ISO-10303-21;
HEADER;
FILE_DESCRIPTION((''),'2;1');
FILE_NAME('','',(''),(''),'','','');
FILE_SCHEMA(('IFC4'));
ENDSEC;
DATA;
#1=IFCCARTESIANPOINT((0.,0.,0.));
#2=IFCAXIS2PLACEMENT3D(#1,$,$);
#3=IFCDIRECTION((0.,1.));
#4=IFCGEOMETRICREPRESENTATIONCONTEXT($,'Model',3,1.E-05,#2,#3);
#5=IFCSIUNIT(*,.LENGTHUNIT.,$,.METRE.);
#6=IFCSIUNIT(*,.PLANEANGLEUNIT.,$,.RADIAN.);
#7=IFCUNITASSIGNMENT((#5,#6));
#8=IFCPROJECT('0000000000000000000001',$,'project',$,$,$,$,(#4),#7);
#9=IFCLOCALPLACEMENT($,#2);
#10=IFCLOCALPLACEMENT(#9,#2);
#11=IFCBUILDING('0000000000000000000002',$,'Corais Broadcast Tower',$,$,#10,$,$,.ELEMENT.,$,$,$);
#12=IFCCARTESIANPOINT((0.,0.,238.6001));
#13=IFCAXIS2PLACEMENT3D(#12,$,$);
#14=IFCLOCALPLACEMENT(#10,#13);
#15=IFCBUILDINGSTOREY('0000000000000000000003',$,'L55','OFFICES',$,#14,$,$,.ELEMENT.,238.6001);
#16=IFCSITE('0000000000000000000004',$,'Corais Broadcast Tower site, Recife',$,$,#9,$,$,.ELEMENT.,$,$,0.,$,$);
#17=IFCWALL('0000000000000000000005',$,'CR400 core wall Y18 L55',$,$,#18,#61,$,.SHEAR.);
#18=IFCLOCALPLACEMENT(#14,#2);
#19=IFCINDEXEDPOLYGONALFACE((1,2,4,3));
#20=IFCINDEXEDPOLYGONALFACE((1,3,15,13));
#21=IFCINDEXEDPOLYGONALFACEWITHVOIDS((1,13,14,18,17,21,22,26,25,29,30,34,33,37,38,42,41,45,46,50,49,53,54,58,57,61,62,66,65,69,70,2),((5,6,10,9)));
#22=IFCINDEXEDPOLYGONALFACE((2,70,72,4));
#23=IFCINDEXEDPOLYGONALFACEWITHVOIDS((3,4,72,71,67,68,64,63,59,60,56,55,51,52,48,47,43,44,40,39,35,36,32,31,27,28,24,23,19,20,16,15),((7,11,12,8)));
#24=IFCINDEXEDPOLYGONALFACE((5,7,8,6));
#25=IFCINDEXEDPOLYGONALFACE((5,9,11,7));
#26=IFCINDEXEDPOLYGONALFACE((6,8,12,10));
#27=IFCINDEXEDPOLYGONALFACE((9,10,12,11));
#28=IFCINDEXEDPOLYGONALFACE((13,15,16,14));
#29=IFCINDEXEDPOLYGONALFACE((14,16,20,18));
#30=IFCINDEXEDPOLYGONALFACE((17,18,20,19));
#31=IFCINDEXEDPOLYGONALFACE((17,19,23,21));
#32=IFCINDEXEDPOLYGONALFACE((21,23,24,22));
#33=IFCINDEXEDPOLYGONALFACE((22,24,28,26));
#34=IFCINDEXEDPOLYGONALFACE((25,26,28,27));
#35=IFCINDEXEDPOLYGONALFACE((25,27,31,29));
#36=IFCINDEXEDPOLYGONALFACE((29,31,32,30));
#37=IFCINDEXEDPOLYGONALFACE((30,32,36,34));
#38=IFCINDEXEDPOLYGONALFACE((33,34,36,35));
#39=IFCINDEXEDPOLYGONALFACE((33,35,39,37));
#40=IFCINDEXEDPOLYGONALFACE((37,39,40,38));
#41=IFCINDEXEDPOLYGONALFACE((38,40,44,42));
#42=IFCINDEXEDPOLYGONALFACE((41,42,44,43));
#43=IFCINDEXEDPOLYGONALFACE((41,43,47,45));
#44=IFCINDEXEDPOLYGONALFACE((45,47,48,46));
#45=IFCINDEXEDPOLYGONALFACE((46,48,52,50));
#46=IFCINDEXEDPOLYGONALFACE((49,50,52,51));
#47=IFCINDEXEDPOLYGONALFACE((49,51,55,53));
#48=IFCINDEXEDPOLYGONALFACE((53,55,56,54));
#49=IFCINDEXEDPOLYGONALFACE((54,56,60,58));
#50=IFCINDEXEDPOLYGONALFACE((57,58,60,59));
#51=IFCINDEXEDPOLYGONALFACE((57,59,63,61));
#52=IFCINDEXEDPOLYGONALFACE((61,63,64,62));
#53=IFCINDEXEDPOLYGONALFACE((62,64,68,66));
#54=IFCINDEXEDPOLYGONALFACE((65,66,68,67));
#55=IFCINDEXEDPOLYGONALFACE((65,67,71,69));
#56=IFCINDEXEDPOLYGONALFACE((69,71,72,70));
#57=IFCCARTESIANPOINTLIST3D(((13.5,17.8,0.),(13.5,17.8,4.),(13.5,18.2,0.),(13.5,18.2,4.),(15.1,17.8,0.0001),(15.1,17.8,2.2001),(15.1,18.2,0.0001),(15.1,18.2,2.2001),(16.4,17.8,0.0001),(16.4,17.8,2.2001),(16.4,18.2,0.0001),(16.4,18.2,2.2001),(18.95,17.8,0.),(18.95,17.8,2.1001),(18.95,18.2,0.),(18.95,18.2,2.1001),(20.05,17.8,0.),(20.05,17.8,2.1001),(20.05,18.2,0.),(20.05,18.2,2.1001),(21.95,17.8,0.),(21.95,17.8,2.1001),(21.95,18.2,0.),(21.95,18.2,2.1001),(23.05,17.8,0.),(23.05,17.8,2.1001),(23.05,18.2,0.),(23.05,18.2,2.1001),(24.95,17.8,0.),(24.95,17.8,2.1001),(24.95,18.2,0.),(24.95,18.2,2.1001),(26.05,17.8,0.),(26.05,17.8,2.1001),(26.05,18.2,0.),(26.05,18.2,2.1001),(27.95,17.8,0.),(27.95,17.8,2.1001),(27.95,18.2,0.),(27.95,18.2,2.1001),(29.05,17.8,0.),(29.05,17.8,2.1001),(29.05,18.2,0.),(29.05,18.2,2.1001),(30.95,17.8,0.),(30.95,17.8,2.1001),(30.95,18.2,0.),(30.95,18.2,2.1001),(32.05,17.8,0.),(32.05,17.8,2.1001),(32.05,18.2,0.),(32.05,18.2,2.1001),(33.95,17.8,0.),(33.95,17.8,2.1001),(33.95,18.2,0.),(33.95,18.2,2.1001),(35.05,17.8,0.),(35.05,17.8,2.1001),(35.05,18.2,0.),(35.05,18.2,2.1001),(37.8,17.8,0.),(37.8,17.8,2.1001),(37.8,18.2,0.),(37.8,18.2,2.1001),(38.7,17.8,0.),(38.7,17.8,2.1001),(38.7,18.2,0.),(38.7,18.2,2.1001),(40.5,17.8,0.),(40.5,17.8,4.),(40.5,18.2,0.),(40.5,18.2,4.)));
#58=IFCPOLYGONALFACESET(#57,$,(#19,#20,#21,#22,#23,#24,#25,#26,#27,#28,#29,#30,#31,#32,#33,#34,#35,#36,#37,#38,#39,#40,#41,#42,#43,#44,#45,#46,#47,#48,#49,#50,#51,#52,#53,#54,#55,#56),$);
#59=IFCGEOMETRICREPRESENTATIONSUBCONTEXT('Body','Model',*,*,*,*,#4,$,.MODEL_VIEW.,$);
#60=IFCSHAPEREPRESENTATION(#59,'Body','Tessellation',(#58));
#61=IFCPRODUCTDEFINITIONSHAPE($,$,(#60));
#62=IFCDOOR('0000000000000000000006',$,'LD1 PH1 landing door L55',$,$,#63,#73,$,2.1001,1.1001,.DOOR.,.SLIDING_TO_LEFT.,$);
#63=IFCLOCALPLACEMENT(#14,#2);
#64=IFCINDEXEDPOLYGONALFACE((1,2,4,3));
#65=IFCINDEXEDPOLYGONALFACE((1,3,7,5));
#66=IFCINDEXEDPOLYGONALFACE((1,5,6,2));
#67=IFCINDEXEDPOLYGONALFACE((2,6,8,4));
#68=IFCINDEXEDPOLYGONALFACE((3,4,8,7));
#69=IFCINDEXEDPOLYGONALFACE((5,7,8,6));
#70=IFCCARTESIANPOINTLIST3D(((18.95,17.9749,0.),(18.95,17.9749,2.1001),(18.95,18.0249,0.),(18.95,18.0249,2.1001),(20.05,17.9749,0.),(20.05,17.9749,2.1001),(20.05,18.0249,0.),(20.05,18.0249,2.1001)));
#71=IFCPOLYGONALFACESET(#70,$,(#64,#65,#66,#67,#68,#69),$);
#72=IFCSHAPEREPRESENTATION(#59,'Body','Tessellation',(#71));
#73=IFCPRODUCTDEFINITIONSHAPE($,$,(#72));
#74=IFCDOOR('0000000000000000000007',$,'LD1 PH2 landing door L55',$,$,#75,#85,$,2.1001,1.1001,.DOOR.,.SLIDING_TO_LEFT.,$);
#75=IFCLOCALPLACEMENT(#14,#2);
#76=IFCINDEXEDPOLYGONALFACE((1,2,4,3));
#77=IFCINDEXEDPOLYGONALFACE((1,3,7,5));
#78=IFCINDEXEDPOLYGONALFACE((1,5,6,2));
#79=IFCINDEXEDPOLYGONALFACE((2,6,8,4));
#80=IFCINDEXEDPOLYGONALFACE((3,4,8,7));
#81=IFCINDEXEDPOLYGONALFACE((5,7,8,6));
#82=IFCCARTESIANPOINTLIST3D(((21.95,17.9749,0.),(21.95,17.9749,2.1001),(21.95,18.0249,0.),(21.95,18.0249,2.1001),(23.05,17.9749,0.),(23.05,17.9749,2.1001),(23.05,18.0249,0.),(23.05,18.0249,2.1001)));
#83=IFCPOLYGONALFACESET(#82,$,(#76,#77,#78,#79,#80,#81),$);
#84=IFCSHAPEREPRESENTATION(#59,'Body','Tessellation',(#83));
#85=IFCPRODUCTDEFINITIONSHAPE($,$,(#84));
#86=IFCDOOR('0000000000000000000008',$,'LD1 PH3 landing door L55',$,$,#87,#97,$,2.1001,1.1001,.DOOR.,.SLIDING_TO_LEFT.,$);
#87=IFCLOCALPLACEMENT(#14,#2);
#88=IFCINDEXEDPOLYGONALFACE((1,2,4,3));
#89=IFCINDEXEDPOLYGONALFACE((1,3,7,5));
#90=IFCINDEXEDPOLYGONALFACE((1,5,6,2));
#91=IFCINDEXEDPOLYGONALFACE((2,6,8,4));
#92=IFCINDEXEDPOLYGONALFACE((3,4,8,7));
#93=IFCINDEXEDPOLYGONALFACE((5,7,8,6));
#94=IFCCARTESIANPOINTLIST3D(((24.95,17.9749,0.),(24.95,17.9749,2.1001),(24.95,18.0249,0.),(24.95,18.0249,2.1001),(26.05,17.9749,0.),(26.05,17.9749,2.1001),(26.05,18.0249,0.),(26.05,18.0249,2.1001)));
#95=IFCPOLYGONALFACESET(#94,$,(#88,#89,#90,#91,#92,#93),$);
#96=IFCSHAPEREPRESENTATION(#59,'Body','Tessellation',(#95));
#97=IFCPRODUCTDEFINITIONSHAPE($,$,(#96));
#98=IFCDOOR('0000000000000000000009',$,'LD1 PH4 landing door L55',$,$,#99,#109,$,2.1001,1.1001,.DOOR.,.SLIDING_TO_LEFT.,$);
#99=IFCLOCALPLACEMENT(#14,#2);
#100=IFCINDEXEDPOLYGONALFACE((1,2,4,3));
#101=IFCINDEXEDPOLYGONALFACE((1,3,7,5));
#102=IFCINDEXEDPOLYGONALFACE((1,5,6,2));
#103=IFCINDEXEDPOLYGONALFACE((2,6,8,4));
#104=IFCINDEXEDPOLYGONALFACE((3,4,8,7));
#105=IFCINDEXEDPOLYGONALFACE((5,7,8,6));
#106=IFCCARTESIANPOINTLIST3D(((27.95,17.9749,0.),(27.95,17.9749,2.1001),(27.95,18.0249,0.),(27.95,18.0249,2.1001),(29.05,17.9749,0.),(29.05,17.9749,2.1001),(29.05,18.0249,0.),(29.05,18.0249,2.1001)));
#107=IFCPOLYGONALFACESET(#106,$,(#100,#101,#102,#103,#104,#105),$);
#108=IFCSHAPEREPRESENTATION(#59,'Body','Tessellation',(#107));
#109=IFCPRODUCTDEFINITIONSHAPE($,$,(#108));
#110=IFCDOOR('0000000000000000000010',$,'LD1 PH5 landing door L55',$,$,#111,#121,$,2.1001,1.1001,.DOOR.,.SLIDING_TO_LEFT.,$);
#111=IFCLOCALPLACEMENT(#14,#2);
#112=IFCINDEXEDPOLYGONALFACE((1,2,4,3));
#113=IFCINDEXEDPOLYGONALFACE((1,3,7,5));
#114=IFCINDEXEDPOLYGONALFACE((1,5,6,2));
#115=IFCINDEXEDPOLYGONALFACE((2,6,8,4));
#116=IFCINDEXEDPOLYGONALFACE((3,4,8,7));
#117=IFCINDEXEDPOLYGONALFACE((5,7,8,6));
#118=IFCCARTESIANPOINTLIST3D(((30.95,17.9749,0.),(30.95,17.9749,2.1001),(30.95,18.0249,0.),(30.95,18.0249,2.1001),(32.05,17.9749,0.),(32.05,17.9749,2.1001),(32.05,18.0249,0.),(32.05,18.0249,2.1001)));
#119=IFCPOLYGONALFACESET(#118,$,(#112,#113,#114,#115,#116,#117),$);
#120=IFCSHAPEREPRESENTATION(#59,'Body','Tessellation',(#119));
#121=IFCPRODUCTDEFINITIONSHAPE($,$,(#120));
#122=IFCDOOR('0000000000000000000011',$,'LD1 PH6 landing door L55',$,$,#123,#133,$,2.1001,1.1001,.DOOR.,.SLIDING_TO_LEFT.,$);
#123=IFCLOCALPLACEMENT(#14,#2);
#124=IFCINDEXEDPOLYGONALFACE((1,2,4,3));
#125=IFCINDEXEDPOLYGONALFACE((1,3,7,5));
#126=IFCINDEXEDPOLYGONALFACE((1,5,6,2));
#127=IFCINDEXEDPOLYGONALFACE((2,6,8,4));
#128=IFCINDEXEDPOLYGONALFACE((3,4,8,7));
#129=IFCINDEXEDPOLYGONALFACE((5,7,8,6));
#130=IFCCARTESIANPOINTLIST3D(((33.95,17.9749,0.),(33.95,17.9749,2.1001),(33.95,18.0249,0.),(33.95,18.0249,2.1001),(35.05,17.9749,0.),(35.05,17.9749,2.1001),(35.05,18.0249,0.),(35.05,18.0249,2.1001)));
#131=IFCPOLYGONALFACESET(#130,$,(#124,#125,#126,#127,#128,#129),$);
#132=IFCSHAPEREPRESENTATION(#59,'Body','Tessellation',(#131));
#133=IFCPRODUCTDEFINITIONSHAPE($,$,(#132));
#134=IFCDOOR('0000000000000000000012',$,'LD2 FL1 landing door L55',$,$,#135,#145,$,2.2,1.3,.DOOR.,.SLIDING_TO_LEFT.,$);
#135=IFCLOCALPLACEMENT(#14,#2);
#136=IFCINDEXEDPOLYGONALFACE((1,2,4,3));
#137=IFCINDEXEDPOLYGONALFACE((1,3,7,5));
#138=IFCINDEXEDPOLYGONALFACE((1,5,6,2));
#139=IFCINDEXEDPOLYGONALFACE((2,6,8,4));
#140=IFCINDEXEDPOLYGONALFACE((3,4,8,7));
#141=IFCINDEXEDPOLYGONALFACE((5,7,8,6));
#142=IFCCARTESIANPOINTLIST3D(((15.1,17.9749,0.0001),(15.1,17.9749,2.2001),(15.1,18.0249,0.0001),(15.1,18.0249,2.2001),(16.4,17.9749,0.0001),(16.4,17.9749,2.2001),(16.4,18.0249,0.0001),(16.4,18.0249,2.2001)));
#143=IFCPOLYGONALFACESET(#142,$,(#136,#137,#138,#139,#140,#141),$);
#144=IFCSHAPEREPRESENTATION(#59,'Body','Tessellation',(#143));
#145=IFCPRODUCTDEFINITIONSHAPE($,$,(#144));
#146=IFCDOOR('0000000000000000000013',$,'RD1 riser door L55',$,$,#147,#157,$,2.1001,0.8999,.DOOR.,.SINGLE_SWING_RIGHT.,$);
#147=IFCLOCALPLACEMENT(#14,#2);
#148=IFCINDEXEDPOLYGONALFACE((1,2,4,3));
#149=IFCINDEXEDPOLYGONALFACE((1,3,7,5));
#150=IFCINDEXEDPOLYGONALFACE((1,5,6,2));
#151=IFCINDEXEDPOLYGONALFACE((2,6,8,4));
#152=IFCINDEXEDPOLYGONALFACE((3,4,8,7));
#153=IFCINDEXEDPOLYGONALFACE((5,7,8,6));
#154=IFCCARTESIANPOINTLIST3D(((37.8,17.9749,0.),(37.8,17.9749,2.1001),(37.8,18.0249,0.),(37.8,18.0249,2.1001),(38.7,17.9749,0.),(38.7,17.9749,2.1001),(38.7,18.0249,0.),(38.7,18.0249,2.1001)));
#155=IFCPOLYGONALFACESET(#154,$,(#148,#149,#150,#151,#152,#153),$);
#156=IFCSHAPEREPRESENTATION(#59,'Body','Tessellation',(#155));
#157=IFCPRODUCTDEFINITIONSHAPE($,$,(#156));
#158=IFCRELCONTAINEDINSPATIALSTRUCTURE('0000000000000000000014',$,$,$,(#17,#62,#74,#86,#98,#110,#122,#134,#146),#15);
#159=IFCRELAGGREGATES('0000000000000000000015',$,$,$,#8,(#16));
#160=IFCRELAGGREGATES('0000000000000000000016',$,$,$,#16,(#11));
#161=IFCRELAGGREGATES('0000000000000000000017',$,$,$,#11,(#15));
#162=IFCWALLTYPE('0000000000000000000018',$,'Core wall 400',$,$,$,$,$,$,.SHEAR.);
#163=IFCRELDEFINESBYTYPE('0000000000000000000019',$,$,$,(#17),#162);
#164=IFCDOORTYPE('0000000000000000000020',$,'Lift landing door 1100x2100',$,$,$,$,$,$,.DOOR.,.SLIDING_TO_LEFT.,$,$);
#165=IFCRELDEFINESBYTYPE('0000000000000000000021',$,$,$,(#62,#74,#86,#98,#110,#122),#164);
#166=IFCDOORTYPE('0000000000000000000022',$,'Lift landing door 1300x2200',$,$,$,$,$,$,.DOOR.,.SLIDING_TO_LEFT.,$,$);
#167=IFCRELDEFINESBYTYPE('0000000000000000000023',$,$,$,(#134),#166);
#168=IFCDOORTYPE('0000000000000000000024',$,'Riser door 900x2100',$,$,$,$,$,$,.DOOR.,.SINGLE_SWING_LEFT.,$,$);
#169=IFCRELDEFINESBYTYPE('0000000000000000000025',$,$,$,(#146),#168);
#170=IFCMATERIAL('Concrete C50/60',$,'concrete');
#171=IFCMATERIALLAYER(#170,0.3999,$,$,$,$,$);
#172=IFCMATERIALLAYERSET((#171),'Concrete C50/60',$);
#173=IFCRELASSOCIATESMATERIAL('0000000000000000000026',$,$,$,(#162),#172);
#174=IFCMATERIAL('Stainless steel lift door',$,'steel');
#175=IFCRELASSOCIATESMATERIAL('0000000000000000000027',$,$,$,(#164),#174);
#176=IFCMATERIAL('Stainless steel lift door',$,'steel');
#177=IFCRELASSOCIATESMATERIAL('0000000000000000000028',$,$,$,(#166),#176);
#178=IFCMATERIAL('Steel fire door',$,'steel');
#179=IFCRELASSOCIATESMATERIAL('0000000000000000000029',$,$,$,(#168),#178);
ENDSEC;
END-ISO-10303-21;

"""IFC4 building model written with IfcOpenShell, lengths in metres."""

from ifc_helpers import new_model, si_unit, direction, frame, frame_2d, origin, place, context, subcontext, project, spatial, rectangle, extrude, material, layer, layer_set, type_object, element, fill, save


model = new_model("IFC4")

# Units and contexts
model_context = context("Model", 3, precision=1e-05, world=origin(), true_north=direction((0.0, 1.0)))
body_context = subcontext(model_context, "Body", "Model", "MODEL_VIEW")
ifc_project = project(units=[si_unit("LENGTHUNIT", "METRE"), si_unit("PLANEANGLEUNIT", "RADIAN")], contexts=[model_context])

# Site, building, storey
site_placement = place(None, origin())
site = spatial("IfcSite", under=ifc_project, at=site_placement, Name="Corais Broadcast Tower site, Recife", CompositionType="ELEMENT", RefElevation=0.0)
building_placement = place(site_placement, origin())
building = spatial("IfcBuilding", under=site, at=building_placement, Name="Corais Broadcast Tower", CompositionType="ELEMENT")
storey_placement = place(building_placement, frame((0.0, 0.0, 238.6001)))
storey = spatial("IfcBuildingStorey", under=building, at=storey_placement, Name="L55", Description="OFFICES", CompositionType="ELEMENT", Elevation=238.6001)

# Shared definitions
ifc_material_1 = material(Name="Concrete C50/60", Category="concrete")
ifc_layer_1 = layer(ifc_material_1, 0.3999)
ifc_layer_set_1 = layer_set([ifc_layer_1], Name="Concrete C50/60")
wall_type_1 = type_object("IfcWallType", Name="Core wall 400", PredefinedType="SHEAR", material=ifc_layer_set_1)

# Wall, openings, doors
wall_1_placement = place(storey_placement, frame((13.5, 18.0, 0.0), z_axis=(0.0, 0.0, 1.0), x_axis=(1.0, 0.0, 0.0)))
wall_1 = element("IfcWall", 1, at=wall_1_placement, inside=storey, type_object=wall_type_1, Name="CR400 core wall Y18 L55", PredefinedType="SHEAR", context=body_context, shape_type="SweptSolid", body=[
    extrude(rectangle(XDim=27.0, YDim=0.3999, at=frame_2d((13.5, 0.0))), origin(), (0.0, 0.0, 1.0), 4.0),
])
opening_1_placement = place(wall_1_placement, frame((24.3, 0.0, 0.0)))
opening_1 = element("IfcOpeningElement", 2, at=opening_1_placement, cuts=wall_1, PredefinedType="OPENING", context=body_context, shape_type="SweptSolid", body=[
    extrude(rectangle(XDim=0.8999, YDim=2.1001, at=frame_2d((0.45, 1.05))), frame((0.0, 0.21, 0.0), z_axis=(0.0, -1.0, 0.0), x_axis=(1.0, 0.0, 0.0)), (0.0, 0.0, 1.0), 0.4199),
])
opening_2_placement = place(wall_1_placement, frame((5.45, 0.0, 0.0)))
opening_2 = element("IfcOpeningElement", 3, at=opening_2_placement, cuts=wall_1, PredefinedType="OPENING", context=body_context, shape_type="SweptSolid", body=[
    extrude(rectangle(XDim=1.1001, YDim=2.1001, at=frame_2d((0.55, 1.05))), frame((0.0, 0.21, 0.0), z_axis=(0.0, -1.0, 0.0), x_axis=(1.0, 0.0, 0.0)), (0.0, 0.0, 1.0), 0.4199),
])
opening_3_placement = place(wall_1_placement, frame((8.45, 0.0, 0.0)))
opening_3 = element("IfcOpeningElement", 4, at=opening_3_placement, cuts=wall_1, PredefinedType="OPENING", context=body_context, shape_type="SweptSolid", body=[
    extrude(rectangle(XDim=1.1001, YDim=2.1001, at=frame_2d((0.55, 1.05))), frame((0.0, 0.21, 0.0), z_axis=(0.0, -1.0, 0.0), x_axis=(1.0, 0.0, 0.0)), (0.0, 0.0, 1.0), 0.4199),
])
opening_4_placement = place(wall_1_placement, frame((11.45, 0.0, 0.0)))
opening_4 = element("IfcOpeningElement", 5, at=opening_4_placement, cuts=wall_1, PredefinedType="OPENING", context=body_context, shape_type="SweptSolid", body=[
    extrude(rectangle(XDim=1.1001, YDim=2.1001, at=frame_2d((0.55, 1.05))), frame((0.0, 0.21, 0.0), z_axis=(0.0, -1.0, 0.0), x_axis=(1.0, 0.0, 0.0)), (0.0, 0.0, 1.0), 0.4199),
])
opening_5_placement = place(wall_1_placement, frame((14.45, 0.0, 0.0)))
opening_5 = element("IfcOpeningElement", 6, at=opening_5_placement, cuts=wall_1, PredefinedType="OPENING", context=body_context, shape_type="SweptSolid", body=[
    extrude(rectangle(XDim=1.1001, YDim=2.1001, at=frame_2d((0.55, 1.05))), frame((0.0, 0.21, 0.0), z_axis=(0.0, -1.0, 0.0), x_axis=(1.0, 0.0, 0.0)), (0.0, 0.0, 1.0), 0.4199),
])
opening_6_placement = place(wall_1_placement, frame((17.45, 0.0, 0.0)))
opening_6 = element("IfcOpeningElement", 7, at=opening_6_placement, cuts=wall_1, PredefinedType="OPENING", context=body_context, shape_type="SweptSolid", body=[
    extrude(rectangle(XDim=1.1001, YDim=2.1001, at=frame_2d((0.55, 1.05))), frame((0.0, 0.21, 0.0), z_axis=(0.0, -1.0, 0.0), x_axis=(1.0, 0.0, 0.0)), (0.0, 0.0, 1.0), 0.4199),
])
opening_7_placement = place(wall_1_placement, frame((20.45, 0.0, 0.0)))
opening_7 = element("IfcOpeningElement", 8, at=opening_7_placement, cuts=wall_1, PredefinedType="OPENING", context=body_context, shape_type="SweptSolid", body=[
    extrude(rectangle(XDim=1.1001, YDim=2.1001, at=frame_2d((0.55, 1.05))), frame((0.0, 0.21, 0.0), z_axis=(0.0, -1.0, 0.0), x_axis=(1.0, 0.0, 0.0)), (0.0, 0.0, 1.0), 0.4199),
])
opening_8_placement = place(wall_1_placement, frame((1.6001, 0.0, 0.0)))
opening_8 = element("IfcOpeningElement", 9, at=opening_8_placement, cuts=wall_1, PredefinedType="OPENING", context=body_context, shape_type="SweptSolid", body=[
    extrude(rectangle(XDim=1.3, YDim=2.2, at=frame_2d((0.6499, 1.1001))), frame((0.0, 0.21, 0.0), z_axis=(0.0, -1.0, 0.0), x_axis=(1.0, 0.0, 0.0)), (0.0, 0.0, 1.0), 0.4199),
])
ifc_material_2 = material(Name="Stainless steel lift door", Category="steel")
door_type_1 = type_object("IfcDoorType", Name="Lift landing door 1100x2100", OperationType="SLIDING_TO_LEFT", PredefinedType="DOOR", material=ifc_material_2)
door_1_placement = place(opening_2_placement, origin())
door_1 = element("IfcDoor", 10, at=door_1_placement, inside=storey, type_object=door_type_1, Name="LD1 PH1 landing door L55", OperationType="SLIDING_TO_LEFT", OverallHeight=2.1001, OverallWidth=1.1001, PredefinedType="DOOR", context=body_context, shape_type="SweptSolid", body=[
    extrude(rectangle(XDim=1.1001, YDim=2.1001, at=frame_2d((0.55, 1.05))), frame((0.0, 0.0249, 0.0), z_axis=(0.0, -1.0, 0.0), x_axis=(1.0, 0.0, 0.0)), (0.0, 0.0, 1.0), 0.05),
])
fill(opening_2, door_1)
door_2_placement = place(opening_3_placement, origin())
door_2 = element("IfcDoor", 11, at=door_2_placement, inside=storey, type_object=door_type_1, Name="LD1 PH2 landing door L55", OperationType="SLIDING_TO_LEFT", OverallHeight=2.1001, OverallWidth=1.1001, PredefinedType="DOOR", context=body_context, shape_type="SweptSolid", body=[
    extrude(rectangle(XDim=1.1001, YDim=2.1001, at=frame_2d((0.55, 1.05))), frame((0.0, 0.0249, 0.0), z_axis=(0.0, -1.0, 0.0), x_axis=(1.0, 0.0, 0.0)), (0.0, 0.0, 1.0), 0.05),
])
fill(opening_3, door_2)
door_3_placement = place(opening_4_placement, origin())
door_3 = element("IfcDoor", 12, at=door_3_placement, inside=storey, type_object=door_type_1, Name="LD1 PH3 landing door L55", OperationType="SLIDING_TO_LEFT", OverallHeight=2.1001, OverallWidth=1.1001, PredefinedType="DOOR", context=body_context, shape_type="SweptSolid", body=[
    extrude(rectangle(XDim=1.1001, YDim=2.1001, at=frame_2d((0.55, 1.05))), frame((0.0, 0.0249, 0.0), z_axis=(0.0, -1.0, 0.0), x_axis=(1.0, 0.0, 0.0)), (0.0, 0.0, 1.0), 0.05),
])
fill(opening_4, door_3)
door_4_placement = place(opening_5_placement, origin())
door_4 = element("IfcDoor", 13, at=door_4_placement, inside=storey, type_object=door_type_1, Name="LD1 PH4 landing door L55", OperationType="SLIDING_TO_LEFT", OverallHeight=2.1001, OverallWidth=1.1001, PredefinedType="DOOR", context=body_context, shape_type="SweptSolid", body=[
    extrude(rectangle(XDim=1.1001, YDim=2.1001, at=frame_2d((0.55, 1.05))), frame((0.0, 0.0249, 0.0), z_axis=(0.0, -1.0, 0.0), x_axis=(1.0, 0.0, 0.0)), (0.0, 0.0, 1.0), 0.05),
])
fill(opening_5, door_4)
door_5_placement = place(opening_6_placement, origin())
door_5 = element("IfcDoor", 14, at=door_5_placement, inside=storey, type_object=door_type_1, Name="LD1 PH5 landing door L55", OperationType="SLIDING_TO_LEFT", OverallHeight=2.1001, OverallWidth=1.1001, PredefinedType="DOOR", context=body_context, shape_type="SweptSolid", body=[
    extrude(rectangle(XDim=1.1001, YDim=2.1001, at=frame_2d((0.55, 1.05))), frame((0.0, 0.0249, 0.0), z_axis=(0.0, -1.0, 0.0), x_axis=(1.0, 0.0, 0.0)), (0.0, 0.0, 1.0), 0.05),
])
fill(opening_6, door_5)
door_6_placement = place(opening_7_placement, origin())
door_6 = element("IfcDoor", 15, at=door_6_placement, inside=storey, type_object=door_type_1, Name="LD1 PH6 landing door L55", OperationType="SLIDING_TO_LEFT", OverallHeight=2.1001, OverallWidth=1.1001, PredefinedType="DOOR", context=body_context, shape_type="SweptSolid", body=[
    extrude(rectangle(XDim=1.1001, YDim=2.1001, at=frame_2d((0.55, 1.05))), frame((0.0, 0.0249, 0.0), z_axis=(0.0, -1.0, 0.0), x_axis=(1.0, 0.0, 0.0)), (0.0, 0.0, 1.0), 0.05),
])
fill(opening_7, door_6)
ifc_material_3 = material(Name="Stainless steel lift door", Category="steel")
door_type_2 = type_object("IfcDoorType", Name="Lift landing door 1300x2200", OperationType="SLIDING_TO_LEFT", PredefinedType="DOOR", material=ifc_material_3)
door_7_placement = place(opening_8_placement, origin())
door_7 = element("IfcDoor", 16, at=door_7_placement, inside=storey, type_object=door_type_2, Name="LD2 FL1 landing door L55", OperationType="SLIDING_TO_LEFT", OverallHeight=2.2, OverallWidth=1.3, PredefinedType="DOOR", context=body_context, shape_type="SweptSolid", body=[
    extrude(rectangle(XDim=1.3, YDim=2.2, at=frame_2d((0.6499, 1.1001))), frame((0.0, 0.0249, 0.0), z_axis=(0.0, -1.0, 0.0), x_axis=(1.0, 0.0, 0.0)), (0.0, 0.0, 1.0), 0.05),
])
fill(opening_8, door_7)
ifc_material_4 = material(Name="Steel fire door", Category="steel")
door_type_3 = type_object("IfcDoorType", Name="Riser door 900x2100", OperationType="SINGLE_SWING_LEFT", PredefinedType="DOOR", material=ifc_material_4)
door_8_placement = place(opening_1_placement, origin())
door_8 = element("IfcDoor", 17, at=door_8_placement, inside=storey, type_object=door_type_3, Name="RD1 riser door L55", OperationType="SINGLE_SWING_RIGHT", OverallHeight=2.1001, OverallWidth=0.8999, PredefinedType="DOOR", context=body_context, shape_type="SweptSolid", body=[
    extrude(rectangle(XDim=0.8999, YDim=2.1001, at=frame_2d((0.45, 1.05))), frame((0.0, 0.0249, 0.0), z_axis=(0.0, -1.0, 0.0), x_axis=(1.0, 0.0, 0.0)), (0.0, 0.0, 1.0), 0.05),
])
fill(opening_1, door_8)

save(model, "model.ifc")
